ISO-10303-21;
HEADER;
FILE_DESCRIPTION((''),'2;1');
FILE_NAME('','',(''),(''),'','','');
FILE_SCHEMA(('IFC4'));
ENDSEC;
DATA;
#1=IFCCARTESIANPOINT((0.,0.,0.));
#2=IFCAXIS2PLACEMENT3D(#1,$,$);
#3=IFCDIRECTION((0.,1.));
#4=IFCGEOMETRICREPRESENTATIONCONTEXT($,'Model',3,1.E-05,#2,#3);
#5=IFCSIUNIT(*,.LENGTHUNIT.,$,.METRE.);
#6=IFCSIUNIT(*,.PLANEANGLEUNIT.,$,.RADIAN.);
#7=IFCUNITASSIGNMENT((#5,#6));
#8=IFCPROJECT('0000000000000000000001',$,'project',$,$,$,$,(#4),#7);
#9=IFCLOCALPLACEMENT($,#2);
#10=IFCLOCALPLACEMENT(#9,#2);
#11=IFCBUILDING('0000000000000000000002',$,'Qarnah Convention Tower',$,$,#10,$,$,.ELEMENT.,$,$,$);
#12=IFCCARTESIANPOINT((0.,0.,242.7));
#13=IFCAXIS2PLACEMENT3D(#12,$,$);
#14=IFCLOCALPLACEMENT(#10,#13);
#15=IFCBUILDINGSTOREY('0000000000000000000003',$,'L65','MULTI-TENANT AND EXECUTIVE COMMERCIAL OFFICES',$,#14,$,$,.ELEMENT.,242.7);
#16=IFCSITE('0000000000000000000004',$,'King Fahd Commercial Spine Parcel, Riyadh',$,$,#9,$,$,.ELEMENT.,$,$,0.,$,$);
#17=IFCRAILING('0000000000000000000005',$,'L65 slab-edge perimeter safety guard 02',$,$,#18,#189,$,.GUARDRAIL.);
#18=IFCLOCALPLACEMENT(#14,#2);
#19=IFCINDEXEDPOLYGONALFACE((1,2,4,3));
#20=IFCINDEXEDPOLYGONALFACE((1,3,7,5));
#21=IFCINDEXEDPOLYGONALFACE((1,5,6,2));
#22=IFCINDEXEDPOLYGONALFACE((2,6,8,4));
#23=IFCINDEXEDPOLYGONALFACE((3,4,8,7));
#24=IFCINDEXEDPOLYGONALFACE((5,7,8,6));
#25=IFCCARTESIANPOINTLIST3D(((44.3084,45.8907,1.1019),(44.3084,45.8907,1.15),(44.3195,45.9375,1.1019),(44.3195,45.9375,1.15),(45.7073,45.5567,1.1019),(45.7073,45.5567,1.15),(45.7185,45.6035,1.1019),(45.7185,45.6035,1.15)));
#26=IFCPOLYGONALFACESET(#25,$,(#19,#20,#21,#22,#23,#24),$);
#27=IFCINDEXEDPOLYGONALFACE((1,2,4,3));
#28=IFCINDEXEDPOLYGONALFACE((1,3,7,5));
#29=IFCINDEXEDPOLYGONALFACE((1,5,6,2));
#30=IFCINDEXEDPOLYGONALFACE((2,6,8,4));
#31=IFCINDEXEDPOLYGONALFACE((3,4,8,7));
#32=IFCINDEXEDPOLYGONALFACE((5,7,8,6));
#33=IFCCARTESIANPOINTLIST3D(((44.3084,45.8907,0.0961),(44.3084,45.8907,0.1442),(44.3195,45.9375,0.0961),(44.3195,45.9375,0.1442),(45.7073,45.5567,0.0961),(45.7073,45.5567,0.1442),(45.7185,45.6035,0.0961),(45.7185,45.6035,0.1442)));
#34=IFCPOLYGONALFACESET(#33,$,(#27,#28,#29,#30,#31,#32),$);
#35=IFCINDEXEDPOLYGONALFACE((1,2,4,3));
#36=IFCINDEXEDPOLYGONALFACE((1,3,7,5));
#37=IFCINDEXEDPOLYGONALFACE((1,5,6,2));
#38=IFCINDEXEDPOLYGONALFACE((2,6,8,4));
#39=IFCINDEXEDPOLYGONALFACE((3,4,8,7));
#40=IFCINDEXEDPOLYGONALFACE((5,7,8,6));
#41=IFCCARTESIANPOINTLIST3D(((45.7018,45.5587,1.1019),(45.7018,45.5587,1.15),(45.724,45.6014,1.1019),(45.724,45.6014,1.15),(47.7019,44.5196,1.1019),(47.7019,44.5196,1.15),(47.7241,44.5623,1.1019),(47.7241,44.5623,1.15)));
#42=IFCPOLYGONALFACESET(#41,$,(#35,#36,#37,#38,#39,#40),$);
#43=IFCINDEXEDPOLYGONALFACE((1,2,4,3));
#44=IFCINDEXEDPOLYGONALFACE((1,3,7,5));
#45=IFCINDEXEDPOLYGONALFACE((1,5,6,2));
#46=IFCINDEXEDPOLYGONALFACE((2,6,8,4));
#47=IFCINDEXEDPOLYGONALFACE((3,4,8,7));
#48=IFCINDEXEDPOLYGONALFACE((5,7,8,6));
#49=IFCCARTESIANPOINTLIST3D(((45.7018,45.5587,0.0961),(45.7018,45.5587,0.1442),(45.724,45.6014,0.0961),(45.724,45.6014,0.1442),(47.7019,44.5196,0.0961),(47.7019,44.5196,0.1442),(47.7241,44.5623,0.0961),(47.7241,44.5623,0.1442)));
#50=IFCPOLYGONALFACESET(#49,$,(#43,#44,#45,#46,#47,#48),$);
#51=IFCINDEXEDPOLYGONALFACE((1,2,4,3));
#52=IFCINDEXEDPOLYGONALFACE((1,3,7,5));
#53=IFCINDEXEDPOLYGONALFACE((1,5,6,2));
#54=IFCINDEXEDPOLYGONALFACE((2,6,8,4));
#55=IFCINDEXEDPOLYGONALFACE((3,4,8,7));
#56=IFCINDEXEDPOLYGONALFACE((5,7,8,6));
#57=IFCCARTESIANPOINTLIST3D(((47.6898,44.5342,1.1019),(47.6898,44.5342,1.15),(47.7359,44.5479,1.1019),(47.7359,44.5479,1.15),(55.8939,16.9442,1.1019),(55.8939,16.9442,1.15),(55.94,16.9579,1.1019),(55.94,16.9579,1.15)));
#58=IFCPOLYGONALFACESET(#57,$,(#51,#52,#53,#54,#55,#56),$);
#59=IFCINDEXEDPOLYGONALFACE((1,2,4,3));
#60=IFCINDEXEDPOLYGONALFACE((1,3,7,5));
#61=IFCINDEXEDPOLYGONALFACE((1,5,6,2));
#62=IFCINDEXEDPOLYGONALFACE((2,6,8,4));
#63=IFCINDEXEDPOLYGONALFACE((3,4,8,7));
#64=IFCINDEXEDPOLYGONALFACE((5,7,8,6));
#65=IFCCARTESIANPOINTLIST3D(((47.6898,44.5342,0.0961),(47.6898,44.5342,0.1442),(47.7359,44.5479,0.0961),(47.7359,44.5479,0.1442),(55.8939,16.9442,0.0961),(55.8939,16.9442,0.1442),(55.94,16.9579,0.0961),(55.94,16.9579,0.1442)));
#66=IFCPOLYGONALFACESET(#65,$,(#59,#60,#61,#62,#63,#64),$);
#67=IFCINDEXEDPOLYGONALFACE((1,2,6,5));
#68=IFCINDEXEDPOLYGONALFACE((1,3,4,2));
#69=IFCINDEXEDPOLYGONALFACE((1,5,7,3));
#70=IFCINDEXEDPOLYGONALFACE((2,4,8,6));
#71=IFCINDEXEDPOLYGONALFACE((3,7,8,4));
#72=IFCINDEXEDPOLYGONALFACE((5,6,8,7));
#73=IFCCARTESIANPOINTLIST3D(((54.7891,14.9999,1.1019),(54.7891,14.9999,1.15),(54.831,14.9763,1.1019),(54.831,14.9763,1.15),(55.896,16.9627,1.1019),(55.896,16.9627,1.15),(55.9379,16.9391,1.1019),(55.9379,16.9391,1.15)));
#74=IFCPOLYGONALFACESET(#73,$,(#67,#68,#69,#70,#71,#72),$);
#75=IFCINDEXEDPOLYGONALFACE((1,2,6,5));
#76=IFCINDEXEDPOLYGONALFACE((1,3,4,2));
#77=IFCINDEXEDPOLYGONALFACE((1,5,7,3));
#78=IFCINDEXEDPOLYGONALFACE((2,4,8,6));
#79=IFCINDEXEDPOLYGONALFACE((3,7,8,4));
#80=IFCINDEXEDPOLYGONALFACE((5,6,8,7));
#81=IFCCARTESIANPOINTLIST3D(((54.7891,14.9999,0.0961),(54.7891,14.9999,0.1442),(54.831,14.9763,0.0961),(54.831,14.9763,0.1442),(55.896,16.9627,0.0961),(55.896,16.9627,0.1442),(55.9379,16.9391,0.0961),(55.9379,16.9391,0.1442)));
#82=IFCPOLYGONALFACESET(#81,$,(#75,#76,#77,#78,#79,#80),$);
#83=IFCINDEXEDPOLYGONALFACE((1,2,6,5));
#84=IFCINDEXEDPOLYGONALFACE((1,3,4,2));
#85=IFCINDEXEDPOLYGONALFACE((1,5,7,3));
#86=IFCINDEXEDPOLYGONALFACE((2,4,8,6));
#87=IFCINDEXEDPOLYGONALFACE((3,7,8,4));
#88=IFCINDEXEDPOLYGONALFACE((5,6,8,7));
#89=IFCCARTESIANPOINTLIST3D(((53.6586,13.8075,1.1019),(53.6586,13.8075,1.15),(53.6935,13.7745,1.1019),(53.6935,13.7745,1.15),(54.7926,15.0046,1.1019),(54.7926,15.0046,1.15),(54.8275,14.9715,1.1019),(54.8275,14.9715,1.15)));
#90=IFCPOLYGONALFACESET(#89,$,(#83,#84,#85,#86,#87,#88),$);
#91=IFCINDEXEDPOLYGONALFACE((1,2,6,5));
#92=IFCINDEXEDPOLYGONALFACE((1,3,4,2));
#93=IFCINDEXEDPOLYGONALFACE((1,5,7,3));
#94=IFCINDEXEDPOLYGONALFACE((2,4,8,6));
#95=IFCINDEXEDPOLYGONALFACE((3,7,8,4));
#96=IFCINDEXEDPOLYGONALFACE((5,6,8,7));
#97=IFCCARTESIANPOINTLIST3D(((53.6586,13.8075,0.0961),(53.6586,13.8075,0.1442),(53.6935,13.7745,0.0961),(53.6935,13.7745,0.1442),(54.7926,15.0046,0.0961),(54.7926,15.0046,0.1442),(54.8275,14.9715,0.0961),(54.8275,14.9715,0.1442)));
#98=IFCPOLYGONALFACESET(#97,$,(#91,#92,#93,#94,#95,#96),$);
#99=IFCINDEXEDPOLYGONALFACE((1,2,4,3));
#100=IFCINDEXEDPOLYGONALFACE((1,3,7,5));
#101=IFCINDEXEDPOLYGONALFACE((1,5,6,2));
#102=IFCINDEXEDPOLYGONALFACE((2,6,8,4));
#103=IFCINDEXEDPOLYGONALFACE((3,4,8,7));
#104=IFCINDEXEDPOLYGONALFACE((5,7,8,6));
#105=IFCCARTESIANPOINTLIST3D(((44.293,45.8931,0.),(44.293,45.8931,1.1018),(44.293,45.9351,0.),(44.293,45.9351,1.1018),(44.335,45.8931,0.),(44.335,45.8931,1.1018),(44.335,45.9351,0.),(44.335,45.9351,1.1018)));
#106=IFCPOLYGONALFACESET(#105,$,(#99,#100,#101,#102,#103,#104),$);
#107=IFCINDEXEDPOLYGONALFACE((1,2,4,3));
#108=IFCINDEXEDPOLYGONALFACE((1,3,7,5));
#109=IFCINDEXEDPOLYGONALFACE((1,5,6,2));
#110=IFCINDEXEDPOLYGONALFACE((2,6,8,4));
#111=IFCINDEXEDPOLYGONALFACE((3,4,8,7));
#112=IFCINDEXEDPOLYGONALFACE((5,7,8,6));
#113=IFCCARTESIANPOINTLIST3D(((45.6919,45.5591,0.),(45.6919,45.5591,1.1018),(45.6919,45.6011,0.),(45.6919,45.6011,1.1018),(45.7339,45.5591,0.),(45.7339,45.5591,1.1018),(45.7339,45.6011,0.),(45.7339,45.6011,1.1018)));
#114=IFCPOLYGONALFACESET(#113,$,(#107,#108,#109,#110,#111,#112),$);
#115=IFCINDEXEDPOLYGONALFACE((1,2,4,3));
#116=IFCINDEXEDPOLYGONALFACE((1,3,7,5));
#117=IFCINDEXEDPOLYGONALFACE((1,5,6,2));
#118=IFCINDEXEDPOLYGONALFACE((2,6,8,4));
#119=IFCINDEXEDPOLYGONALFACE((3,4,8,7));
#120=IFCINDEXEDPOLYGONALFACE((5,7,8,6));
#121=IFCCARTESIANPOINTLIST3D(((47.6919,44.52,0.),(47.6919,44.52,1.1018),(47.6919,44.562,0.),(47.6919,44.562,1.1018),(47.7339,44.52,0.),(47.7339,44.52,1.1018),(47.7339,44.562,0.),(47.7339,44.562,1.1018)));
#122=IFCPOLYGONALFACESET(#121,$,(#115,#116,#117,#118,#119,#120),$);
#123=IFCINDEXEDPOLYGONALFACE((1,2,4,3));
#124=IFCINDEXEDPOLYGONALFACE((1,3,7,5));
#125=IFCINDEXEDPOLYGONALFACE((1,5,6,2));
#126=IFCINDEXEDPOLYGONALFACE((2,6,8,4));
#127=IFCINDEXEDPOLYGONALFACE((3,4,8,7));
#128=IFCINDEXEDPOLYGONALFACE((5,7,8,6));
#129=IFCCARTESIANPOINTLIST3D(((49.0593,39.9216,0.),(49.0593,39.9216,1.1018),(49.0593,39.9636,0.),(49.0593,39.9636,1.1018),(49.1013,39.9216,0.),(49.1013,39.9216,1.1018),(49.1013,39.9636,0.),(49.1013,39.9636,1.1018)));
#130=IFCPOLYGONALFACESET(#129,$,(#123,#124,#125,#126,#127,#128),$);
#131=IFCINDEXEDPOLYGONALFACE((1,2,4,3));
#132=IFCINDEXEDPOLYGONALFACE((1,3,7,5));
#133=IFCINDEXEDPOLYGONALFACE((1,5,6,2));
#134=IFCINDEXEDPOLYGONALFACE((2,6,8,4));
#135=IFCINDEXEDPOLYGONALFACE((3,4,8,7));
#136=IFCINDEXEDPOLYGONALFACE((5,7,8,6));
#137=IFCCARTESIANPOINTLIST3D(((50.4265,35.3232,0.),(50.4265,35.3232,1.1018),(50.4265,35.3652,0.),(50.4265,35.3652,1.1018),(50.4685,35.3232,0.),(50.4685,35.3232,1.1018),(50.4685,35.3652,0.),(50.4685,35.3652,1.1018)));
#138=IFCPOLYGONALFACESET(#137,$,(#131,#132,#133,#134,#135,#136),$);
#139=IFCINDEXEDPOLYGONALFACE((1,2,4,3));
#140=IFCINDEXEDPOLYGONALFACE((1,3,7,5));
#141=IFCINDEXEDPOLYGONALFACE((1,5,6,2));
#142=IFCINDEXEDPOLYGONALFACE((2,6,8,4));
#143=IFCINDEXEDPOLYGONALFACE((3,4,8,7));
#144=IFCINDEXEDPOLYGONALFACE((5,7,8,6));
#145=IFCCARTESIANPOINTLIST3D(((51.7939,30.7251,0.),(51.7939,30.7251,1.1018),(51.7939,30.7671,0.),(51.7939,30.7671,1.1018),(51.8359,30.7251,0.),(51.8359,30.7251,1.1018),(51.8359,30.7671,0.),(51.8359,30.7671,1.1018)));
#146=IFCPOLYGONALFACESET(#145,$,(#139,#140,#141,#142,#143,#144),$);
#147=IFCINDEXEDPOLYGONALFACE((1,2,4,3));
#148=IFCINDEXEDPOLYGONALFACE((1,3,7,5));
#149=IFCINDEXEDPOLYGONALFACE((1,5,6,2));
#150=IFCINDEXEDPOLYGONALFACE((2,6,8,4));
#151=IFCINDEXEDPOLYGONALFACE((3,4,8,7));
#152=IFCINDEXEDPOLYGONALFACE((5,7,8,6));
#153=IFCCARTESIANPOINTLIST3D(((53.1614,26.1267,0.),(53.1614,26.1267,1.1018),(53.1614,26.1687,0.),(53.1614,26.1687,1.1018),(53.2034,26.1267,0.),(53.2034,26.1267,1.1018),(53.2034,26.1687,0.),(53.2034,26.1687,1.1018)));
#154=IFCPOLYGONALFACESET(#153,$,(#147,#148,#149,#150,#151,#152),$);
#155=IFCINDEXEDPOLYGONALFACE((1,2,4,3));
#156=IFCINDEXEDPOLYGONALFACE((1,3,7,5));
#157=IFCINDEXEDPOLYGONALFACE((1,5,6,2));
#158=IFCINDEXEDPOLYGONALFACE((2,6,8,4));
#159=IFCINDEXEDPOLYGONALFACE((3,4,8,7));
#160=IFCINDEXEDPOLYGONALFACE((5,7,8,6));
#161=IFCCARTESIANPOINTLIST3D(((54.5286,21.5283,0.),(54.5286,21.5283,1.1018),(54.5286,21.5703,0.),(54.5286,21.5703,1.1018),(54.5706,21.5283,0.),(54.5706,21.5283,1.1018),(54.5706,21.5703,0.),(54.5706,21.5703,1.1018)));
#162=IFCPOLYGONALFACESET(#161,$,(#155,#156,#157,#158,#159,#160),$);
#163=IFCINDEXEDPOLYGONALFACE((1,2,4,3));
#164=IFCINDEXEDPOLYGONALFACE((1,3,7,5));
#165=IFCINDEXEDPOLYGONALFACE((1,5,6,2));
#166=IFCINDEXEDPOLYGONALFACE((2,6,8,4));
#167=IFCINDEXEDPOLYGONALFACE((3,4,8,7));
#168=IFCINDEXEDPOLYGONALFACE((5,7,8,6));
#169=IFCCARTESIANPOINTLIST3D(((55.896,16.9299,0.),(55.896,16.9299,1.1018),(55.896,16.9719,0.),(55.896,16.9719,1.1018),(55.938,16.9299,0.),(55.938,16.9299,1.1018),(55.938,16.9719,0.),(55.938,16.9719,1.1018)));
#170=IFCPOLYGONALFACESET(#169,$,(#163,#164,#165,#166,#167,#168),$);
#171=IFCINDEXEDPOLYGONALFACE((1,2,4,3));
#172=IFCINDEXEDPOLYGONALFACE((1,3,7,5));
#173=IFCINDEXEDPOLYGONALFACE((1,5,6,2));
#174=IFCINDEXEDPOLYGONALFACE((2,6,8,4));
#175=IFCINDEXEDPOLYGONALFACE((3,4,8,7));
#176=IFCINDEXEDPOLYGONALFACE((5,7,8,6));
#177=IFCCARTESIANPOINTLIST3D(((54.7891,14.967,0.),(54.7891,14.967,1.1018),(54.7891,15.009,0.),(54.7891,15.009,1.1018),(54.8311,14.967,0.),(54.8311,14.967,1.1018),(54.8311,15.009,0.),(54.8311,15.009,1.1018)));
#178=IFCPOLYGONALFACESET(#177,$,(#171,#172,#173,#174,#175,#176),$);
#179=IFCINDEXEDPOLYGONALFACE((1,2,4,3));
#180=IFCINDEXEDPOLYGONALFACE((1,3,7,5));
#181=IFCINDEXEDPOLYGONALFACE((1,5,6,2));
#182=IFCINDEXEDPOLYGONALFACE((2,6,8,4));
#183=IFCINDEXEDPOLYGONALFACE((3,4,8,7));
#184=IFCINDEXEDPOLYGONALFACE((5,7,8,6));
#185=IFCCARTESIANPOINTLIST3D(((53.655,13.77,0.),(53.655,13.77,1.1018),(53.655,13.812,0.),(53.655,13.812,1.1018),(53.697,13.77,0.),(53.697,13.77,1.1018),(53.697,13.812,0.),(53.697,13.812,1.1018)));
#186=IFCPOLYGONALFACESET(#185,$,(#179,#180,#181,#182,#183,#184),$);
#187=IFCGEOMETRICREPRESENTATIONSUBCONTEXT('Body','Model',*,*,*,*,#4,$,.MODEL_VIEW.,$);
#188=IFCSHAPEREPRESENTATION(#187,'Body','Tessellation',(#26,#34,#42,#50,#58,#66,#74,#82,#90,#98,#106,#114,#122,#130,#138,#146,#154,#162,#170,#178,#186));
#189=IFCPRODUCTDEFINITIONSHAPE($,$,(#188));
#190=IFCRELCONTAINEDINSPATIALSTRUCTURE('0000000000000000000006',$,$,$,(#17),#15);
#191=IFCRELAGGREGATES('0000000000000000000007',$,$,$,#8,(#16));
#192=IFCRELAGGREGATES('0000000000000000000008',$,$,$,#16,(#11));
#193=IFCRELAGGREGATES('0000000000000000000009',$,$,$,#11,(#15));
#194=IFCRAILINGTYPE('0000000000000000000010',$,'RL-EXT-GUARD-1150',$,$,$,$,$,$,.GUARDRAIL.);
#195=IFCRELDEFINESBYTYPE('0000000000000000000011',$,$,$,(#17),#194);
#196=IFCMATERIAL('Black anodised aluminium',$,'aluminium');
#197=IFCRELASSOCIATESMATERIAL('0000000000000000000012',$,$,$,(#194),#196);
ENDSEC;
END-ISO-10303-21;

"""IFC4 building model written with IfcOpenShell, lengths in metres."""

from ifc_helpers import new_model, si_unit, direction, frame, origin, origin_2d, place, context, subcontext, project, spatial, rectangle, extrude, material, type_object, element, save


model = new_model("IFC4")

# Units and contexts
model_context = context("Model", 3, precision=1e-05, world=origin(), true_north=direction((0.0, 1.0)))
body_context = subcontext(model_context, "Body", "Model", "MODEL_VIEW")
ifc_project = project(units=[si_unit("LENGTHUNIT", "METRE"), si_unit("PLANEANGLEUNIT", "RADIAN")], contexts=[model_context])

# Site, building, storey
site_placement = place(None, origin())
site = spatial("IfcSite", under=ifc_project, at=site_placement, Name="King Fahd Commercial Spine Parcel, Riyadh", CompositionType="ELEMENT", RefElevation=0.0)
building_placement = place(site_placement, origin())
building = spatial("IfcBuilding", under=site, at=building_placement, Name="Qarnah Convention Tower", CompositionType="ELEMENT")
storey_placement = place(building_placement, frame((0.0, 0.0, 242.7)))
storey = spatial("IfcBuildingStorey", under=building, at=storey_placement, Name="L65", Description="MULTI-TENANT AND EXECUTIVE COMMERCIAL OFFICES", CompositionType="ELEMENT", Elevation=242.7)

# Shared definitions
ifc_material_1 = material(Name="Black anodised aluminium", Category="aluminium")

# Railing
railing_type = type_object("IfcRailingType", Name="RL-EXT-GUARD-1150", PredefinedType="GUARDRAIL", material=ifc_material_1)
railing_1_placement = place(storey_placement, frame((44.314, 45.9141, 0.0)))
element("IfcRailing", 1, at=railing_1_placement, inside=storey, type_object=railing_type, Name="L65 slab-edge perimeter safety guard 02", PredefinedType="GUARDRAIL", context=body_context, shape_type="SweptSolid", body=[
    extrude(rectangle(XDim=0.0481, YDim=0.0481, at=origin_2d()), frame((0.0, 0.0, 1.126), z_axis=(0.972664, -0.232217, 0.0), x_axis=(0.232217, 0.972664, 0.0)), (0.0, 0.0, 1.0), 1.4382),
    extrude(rectangle(XDim=0.0481, YDim=0.0481, at=origin_2d()), frame((0.0, 0.0, 0.1201), z_axis=(0.972664, -0.232217, 0.0), x_axis=(0.232217, 0.972664, 0.0)), (0.0, 0.0, 1.0), 1.4382),
    extrude(rectangle(XDim=0.0481, YDim=0.0481, at=origin_2d()), frame((1.3989, -0.334, 1.126), z_axis=(0.887387, -0.461025, 0.0), x_axis=(0.461025, 0.887387, 0.0)), (0.0, 0.0, 1.0), 2.2539),
    extrude(rectangle(XDim=0.0481, YDim=0.0481, at=origin_2d()), frame((1.3989, -0.334, 0.1201), z_axis=(0.887387, -0.461025, 0.0), x_axis=(0.461025, 0.887387, 0.0)), (0.0, 0.0, 1.0), 2.2539),
    extrude(rectangle(XDim=0.0481, YDim=0.0481, at=origin_2d()), frame((3.3989, -1.373, 1.126), z_axis=(0.285023, -0.958521, 0.0), x_axis=(0.958521, 0.285023, 0.0)), (0.0, 0.0, 1.0), 28.7839),
    extrude(rectangle(XDim=0.0481, YDim=0.0481, at=origin_2d()), frame((3.3989, -1.373, 0.1201), z_axis=(0.285023, -0.958521, 0.0), x_axis=(0.958521, 0.285023, 0.0)), (0.0, 0.0, 1.0), 28.7839),
    extrude(rectangle(XDim=0.0481, YDim=0.0481, at=origin_2d()), frame((11.603, -28.9631, 1.126), z_axis=(-0.491207, -0.871043, 0.0), x_axis=(0.871043, -0.491207, 0.0)), (0.0, 0.0, 1.0), 2.2534),
    extrude(rectangle(XDim=0.0481, YDim=0.0481, at=origin_2d()), frame((11.603, -28.9631, 0.1201), z_axis=(-0.491207, -0.871043, 0.0), x_axis=(0.871043, -0.491207, 0.0)), (0.0, 0.0, 1.0), 2.2534),
    extrude(rectangle(XDim=0.0481, YDim=0.0481, at=origin_2d()), frame((10.4961, -30.926, 1.126), z_axis=(-0.687749, -0.725949, 0.0), x_axis=(0.725949, -0.687749, 0.0)), (0.0, 0.0, 1.0), 1.6489),
    extrude(rectangle(XDim=0.0481, YDim=0.0481, at=origin_2d()), frame((10.4961, -30.926, 0.1201), z_axis=(-0.687749, -0.725949, 0.0), x_axis=(0.725949, -0.687749, 0.0)), (0.0, 0.0, 1.0), 1.6489),
    extrude(rectangle(XDim=0.042, YDim=0.042, at=origin_2d()), origin(), (0.0, 0.0, 1.0), 1.1018),
    extrude(rectangle(XDim=0.042, YDim=0.042, at=origin_2d()), frame((1.3989, -0.334, 0.0)), (0.0, 0.0, 1.0), 1.1018),
    extrude(rectangle(XDim=0.042, YDim=0.042, at=origin_2d()), frame((3.3989, -1.373, 0.0)), (0.0, 0.0, 1.0), 1.1018),
    extrude(rectangle(XDim=0.042, YDim=0.042, at=origin_2d()), frame((4.7664, -5.9714, 0.0)), (0.0, 0.0, 1.0), 1.1018),
    extrude(rectangle(XDim=0.042, YDim=0.042, at=origin_2d()), frame((6.1335, -10.5698, 0.0)), (0.0, 0.0, 1.0), 1.1018),
    extrude(rectangle(XDim=0.042, YDim=0.042, at=origin_2d()), frame((7.501, -15.168, 0.0)), (0.0, 0.0, 1.0), 1.1018),
    extrude(rectangle(XDim=0.042, YDim=0.042, at=origin_2d()), frame((8.8684, -19.7664, 0.0)), (0.0, 0.0, 1.0), 1.1018),
    extrude(rectangle(XDim=0.042, YDim=0.042, at=origin_2d()), frame((10.2356, -24.3647, 0.0)), (0.0, 0.0, 1.0), 1.1018),
    extrude(rectangle(XDim=0.042, YDim=0.042, at=origin_2d()), frame((11.603, -28.9631, 0.0)), (0.0, 0.0, 1.0), 1.1018),
    extrude(rectangle(XDim=0.042, YDim=0.042, at=origin_2d()), frame((10.4961, -30.926, 0.0)), (0.0, 0.0, 1.0), 1.1018),
    extrude(rectangle(XDim=0.042, YDim=0.042, at=origin_2d()), frame((9.3621, -32.123, 0.0)), (0.0, 0.0, 1.0), 1.1018),
])

save(model, "model.ifc")
